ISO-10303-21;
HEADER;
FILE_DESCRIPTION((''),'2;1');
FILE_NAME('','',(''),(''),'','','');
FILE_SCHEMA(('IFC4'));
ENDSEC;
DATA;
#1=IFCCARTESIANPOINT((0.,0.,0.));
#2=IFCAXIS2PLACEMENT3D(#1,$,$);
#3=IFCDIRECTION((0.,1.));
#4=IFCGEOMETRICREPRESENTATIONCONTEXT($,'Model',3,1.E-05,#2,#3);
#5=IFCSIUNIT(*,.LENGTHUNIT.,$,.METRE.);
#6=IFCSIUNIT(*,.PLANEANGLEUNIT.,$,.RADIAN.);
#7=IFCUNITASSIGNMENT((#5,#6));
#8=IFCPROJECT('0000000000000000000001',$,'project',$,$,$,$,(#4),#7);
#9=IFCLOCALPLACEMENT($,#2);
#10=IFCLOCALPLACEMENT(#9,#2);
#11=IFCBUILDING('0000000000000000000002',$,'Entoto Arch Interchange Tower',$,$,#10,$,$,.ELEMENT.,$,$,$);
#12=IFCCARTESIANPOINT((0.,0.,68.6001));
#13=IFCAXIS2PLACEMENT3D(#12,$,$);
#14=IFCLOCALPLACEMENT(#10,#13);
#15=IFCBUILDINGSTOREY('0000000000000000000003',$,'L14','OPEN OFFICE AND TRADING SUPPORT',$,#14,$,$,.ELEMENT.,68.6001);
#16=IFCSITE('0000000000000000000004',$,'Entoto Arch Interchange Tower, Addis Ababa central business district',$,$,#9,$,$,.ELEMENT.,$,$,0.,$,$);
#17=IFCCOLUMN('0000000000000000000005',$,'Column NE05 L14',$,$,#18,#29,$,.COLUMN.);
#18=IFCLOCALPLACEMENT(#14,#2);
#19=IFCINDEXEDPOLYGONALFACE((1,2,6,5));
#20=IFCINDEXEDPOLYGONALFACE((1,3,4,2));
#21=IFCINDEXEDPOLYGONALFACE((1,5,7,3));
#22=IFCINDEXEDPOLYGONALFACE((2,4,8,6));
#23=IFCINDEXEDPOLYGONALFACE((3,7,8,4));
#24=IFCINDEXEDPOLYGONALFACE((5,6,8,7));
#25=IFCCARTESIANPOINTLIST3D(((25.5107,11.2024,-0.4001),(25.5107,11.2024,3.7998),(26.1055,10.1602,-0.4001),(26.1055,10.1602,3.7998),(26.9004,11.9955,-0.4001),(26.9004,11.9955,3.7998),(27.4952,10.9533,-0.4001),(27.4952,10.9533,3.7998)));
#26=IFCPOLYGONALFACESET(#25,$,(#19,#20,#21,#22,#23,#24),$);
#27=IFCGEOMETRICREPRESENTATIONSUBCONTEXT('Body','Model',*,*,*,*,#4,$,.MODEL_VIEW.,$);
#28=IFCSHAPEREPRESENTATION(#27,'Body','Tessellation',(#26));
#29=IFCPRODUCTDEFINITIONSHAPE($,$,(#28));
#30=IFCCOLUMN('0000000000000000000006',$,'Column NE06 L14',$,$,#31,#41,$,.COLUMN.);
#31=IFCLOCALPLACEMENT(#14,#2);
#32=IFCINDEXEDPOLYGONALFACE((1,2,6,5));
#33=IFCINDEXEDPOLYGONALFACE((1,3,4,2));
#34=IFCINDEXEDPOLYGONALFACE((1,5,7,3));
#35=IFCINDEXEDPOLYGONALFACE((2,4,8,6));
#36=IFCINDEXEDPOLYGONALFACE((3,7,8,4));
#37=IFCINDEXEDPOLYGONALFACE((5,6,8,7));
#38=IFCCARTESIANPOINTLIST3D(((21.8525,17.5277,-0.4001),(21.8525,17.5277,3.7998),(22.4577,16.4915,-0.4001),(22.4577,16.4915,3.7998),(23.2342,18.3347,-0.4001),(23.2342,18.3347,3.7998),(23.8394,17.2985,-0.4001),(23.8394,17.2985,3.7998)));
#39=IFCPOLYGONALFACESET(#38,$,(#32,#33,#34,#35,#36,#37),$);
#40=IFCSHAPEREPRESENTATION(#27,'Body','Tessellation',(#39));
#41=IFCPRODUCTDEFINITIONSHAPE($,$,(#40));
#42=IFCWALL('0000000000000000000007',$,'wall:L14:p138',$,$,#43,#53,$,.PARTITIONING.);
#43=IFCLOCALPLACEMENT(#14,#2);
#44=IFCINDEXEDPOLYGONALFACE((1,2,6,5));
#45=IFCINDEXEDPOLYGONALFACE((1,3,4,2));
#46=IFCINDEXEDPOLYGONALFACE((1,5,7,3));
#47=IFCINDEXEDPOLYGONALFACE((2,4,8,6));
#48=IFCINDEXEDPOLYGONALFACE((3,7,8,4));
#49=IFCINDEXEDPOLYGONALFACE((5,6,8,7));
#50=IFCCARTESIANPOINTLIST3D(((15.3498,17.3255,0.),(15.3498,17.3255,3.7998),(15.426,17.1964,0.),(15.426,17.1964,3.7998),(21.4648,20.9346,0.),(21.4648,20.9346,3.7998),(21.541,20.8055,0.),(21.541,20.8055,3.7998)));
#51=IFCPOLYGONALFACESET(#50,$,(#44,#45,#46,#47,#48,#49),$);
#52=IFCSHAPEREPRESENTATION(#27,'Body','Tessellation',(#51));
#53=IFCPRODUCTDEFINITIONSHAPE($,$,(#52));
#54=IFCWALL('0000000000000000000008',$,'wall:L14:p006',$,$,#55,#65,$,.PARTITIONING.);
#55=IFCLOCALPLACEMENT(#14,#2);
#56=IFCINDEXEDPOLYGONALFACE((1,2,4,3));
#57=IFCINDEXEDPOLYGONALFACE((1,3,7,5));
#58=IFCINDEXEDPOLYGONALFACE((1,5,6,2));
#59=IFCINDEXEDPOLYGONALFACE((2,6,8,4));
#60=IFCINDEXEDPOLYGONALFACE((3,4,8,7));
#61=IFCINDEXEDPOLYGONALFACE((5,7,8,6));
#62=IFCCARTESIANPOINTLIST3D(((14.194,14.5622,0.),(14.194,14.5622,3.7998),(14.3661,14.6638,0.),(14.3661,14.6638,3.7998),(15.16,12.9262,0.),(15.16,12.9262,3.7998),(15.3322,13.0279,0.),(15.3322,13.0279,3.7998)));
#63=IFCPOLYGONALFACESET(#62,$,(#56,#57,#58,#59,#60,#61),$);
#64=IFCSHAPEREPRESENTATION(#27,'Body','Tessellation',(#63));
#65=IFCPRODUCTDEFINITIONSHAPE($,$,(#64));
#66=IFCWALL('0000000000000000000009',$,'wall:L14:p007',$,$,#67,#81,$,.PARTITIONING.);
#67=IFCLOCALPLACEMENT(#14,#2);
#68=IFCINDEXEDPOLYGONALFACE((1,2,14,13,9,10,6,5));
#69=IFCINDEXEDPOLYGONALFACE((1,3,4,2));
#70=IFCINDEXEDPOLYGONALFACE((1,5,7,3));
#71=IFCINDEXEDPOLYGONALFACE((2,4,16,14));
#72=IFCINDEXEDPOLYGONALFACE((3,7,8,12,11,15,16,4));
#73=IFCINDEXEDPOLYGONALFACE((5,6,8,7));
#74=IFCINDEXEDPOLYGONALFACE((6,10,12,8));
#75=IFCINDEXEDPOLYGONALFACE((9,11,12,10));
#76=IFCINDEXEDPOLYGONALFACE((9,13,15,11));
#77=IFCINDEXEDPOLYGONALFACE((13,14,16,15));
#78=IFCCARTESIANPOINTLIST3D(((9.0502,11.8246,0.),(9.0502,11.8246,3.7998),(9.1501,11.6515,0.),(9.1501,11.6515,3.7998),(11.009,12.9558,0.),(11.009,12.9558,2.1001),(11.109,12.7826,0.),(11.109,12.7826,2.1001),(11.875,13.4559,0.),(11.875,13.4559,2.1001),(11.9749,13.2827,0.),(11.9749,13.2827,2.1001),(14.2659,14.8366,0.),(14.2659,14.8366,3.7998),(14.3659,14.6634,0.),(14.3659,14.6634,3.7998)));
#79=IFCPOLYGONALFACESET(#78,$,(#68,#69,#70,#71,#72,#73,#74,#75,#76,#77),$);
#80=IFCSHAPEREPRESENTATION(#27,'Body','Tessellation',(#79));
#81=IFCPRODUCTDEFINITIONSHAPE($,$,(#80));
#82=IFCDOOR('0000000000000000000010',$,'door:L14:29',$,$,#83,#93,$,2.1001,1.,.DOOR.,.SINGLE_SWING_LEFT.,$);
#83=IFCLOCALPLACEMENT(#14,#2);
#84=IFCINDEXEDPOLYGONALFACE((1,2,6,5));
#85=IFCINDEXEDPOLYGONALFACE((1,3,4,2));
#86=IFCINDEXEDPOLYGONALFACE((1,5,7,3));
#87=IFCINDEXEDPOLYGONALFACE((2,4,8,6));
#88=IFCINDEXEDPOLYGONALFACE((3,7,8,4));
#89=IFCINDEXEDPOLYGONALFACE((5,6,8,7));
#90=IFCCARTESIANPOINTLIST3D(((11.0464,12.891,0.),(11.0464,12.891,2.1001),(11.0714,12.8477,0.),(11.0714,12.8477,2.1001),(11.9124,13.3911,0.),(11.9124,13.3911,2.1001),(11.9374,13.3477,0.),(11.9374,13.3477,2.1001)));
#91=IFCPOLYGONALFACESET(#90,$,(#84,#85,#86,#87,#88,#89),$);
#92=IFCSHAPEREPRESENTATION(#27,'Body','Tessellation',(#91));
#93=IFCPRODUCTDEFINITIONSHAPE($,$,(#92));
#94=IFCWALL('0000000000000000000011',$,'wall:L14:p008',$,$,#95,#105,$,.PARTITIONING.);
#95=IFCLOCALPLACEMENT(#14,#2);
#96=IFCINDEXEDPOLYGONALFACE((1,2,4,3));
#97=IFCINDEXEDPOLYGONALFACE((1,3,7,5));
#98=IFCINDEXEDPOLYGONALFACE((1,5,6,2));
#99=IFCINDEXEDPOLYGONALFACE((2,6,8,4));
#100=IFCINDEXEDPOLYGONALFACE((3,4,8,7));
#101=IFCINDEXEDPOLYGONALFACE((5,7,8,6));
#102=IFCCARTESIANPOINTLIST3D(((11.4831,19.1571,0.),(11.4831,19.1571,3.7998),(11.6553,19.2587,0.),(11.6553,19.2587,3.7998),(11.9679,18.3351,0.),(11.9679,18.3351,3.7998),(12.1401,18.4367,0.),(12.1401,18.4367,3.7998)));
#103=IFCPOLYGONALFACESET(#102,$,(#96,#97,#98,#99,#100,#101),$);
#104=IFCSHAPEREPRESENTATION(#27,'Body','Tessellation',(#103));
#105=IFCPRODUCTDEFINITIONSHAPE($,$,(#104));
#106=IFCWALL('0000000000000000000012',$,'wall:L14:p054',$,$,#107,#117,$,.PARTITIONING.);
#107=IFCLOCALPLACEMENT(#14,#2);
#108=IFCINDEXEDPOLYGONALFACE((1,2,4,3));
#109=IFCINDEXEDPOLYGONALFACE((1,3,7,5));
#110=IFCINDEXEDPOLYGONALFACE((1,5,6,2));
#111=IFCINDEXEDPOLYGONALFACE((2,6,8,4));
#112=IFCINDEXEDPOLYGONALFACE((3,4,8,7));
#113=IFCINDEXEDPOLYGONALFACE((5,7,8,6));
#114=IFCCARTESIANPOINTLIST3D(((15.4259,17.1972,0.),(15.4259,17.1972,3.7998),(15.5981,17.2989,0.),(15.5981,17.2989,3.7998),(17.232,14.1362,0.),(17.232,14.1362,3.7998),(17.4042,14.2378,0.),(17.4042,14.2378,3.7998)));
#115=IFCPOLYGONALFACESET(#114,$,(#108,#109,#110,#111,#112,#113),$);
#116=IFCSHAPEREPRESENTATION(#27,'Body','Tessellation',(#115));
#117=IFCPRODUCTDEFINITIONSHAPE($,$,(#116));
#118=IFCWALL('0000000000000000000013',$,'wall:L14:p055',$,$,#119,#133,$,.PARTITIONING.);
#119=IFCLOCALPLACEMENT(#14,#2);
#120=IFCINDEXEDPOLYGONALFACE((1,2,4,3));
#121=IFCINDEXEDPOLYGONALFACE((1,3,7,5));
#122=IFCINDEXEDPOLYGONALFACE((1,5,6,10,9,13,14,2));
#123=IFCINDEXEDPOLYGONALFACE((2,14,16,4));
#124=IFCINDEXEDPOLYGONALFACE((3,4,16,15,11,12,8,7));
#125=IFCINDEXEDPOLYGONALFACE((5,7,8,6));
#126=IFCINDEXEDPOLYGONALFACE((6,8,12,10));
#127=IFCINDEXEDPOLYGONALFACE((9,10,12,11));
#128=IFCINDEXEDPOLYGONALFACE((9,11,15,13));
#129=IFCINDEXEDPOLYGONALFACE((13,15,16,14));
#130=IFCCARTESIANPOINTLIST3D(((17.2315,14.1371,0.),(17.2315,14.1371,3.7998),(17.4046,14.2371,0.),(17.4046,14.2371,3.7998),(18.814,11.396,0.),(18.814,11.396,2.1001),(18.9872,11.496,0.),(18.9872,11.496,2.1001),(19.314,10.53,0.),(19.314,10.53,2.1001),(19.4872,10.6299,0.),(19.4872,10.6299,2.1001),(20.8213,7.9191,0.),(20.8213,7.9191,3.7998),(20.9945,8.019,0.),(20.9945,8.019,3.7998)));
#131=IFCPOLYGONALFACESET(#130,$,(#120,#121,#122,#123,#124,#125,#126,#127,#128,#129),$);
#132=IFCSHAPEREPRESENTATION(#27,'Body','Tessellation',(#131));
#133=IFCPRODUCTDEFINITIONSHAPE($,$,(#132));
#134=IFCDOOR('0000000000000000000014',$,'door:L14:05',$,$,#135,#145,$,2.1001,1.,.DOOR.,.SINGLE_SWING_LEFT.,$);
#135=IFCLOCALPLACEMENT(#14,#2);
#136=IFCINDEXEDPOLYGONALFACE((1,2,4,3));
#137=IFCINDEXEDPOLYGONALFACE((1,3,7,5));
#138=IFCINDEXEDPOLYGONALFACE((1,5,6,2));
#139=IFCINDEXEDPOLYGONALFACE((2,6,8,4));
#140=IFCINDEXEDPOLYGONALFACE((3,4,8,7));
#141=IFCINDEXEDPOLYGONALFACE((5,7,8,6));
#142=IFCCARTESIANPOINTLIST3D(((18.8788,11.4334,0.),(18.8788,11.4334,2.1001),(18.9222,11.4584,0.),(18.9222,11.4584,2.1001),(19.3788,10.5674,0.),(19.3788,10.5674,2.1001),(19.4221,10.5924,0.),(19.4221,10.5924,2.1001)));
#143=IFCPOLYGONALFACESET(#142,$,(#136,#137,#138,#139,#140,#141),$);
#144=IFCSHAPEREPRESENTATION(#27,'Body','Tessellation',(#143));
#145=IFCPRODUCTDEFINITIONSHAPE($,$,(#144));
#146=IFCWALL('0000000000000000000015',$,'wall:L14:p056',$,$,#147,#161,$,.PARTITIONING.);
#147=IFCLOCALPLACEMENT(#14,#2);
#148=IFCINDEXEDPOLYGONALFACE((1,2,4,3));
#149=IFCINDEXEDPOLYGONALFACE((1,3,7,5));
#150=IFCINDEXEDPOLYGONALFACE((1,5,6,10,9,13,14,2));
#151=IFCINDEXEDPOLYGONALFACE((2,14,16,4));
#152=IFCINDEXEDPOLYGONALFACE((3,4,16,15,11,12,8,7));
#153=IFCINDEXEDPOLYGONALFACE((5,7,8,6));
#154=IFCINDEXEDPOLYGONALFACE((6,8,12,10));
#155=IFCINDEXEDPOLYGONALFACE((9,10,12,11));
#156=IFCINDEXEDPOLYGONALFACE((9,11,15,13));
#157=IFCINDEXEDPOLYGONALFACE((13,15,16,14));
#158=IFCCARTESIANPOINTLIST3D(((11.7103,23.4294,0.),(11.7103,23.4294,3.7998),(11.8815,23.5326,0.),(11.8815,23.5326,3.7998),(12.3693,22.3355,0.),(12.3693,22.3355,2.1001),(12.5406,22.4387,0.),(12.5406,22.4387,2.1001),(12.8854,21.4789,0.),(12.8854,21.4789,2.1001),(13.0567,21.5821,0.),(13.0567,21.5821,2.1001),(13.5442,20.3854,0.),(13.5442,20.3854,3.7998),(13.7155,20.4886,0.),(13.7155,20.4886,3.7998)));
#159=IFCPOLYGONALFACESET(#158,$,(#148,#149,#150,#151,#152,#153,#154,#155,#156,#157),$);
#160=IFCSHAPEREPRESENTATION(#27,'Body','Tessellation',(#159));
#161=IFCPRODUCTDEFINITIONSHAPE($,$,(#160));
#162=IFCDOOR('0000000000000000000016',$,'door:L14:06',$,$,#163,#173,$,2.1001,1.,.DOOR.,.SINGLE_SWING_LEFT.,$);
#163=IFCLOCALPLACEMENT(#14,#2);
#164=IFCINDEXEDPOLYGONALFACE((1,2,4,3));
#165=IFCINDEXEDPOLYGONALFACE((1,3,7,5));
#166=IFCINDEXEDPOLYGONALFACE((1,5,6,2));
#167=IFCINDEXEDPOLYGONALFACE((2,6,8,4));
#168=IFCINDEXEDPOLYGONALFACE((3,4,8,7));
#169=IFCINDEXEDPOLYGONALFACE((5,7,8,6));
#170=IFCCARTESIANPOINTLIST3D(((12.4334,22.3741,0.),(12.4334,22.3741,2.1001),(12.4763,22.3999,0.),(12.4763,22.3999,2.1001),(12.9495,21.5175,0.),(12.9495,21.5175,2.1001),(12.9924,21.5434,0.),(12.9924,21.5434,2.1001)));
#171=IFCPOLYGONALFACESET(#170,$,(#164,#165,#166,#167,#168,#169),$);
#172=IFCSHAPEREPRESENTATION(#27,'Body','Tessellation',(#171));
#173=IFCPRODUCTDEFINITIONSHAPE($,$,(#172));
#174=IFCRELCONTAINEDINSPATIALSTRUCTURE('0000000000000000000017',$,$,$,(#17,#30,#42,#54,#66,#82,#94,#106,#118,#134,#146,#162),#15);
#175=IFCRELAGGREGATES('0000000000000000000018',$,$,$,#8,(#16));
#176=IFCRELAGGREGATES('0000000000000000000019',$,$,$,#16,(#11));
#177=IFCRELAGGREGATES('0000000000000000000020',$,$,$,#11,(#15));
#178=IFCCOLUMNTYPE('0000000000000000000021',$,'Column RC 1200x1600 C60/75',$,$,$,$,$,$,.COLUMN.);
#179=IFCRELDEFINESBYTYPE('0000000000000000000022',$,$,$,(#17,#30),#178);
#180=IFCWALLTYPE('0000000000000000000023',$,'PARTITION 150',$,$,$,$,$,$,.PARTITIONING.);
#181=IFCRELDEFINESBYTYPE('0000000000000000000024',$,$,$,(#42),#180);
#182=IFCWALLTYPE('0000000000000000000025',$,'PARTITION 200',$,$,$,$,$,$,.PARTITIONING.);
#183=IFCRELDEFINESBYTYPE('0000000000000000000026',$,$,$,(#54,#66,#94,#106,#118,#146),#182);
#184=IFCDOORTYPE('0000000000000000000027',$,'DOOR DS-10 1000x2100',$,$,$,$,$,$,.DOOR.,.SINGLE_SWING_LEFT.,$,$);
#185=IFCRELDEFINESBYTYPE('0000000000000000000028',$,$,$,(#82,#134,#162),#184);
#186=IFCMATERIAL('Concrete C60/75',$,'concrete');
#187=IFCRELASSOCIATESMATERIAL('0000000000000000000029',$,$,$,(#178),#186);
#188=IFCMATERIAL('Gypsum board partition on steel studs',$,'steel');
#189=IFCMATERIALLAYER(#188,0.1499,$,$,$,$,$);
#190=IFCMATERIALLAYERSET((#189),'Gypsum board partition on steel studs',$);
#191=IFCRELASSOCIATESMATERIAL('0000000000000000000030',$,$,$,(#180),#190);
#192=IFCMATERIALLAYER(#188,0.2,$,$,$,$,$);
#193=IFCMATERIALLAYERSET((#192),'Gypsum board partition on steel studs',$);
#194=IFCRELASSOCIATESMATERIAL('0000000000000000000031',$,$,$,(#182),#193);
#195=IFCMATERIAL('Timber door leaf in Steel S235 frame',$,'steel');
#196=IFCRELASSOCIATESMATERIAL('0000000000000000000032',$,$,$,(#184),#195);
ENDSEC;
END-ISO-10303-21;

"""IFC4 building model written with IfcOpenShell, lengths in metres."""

from ifc_helpers import new_model, si_unit, direction, frame, frame_2d, origin, origin_2d, place, context, subcontext, project, spatial, rectangle, extrude, material, layer, layer_set, material_profile, profile_set, type_object, element, fill, save


model = new_model("IFC4")

# Units and contexts
model_context = context("Model", 3, precision=1e-05, world=origin(), true_north=direction((0.0, 1.0)))
body_context = subcontext(model_context, "Body", "Model", "MODEL_VIEW")
ifc_project = project(units=[si_unit("LENGTHUNIT", "METRE"), si_unit("PLANEANGLEUNIT", "RADIAN")], contexts=[model_context])

# Site, building, storey
site_placement = place(None, origin())
site = spatial("IfcSite", under=ifc_project, at=site_placement, Name="Entoto Arch Interchange Tower, Addis Ababa central business district", CompositionType="ELEMENT", RefElevation=0.0)
building_placement = place(site_placement, origin())
building = spatial("IfcBuilding", under=site, at=building_placement, Name="Entoto Arch Interchange Tower", CompositionType="ELEMENT")
storey_placement = place(building_placement, frame((0.0, 0.0, 68.6001)))
storey = spatial("IfcBuildingStorey", under=building, at=storey_placement, Name="L14", Description="OPEN OFFICE AND TRADING SUPPORT", CompositionType="ELEMENT", Elevation=68.6001)

# Columns
ifc_material_1 = material(Name="Concrete C60/75", Category="concrete")
ifc_material_profile = material_profile(ifc_material_1, rectangle(XDim=1.2, YDim=1.6001, at=origin_2d()))
ifc_profile_set = profile_set([ifc_material_profile], Name="Concrete C60/75")
column_type = type_object("IfcColumnType", Name="Column RC 1200x1600 C60/75", PredefinedType="COLUMN", material=ifc_profile_set)
for number, where, z_axis, x_axis, name in (
    (1, (26.5029, 11.0779, -0.4001), (0.0, 0.0, 1.0), (-0.495656, 0.868519, 0.0), "Column NE05 L14"),
    (2, (22.8459, 17.4131, -0.4001), (0.0, 0.0, 1.0), (-0.504332, 0.86351, 0.0), "Column NE06 L14"),
):
    element("IfcColumn", number, at=place(storey_placement, frame(where, z_axis=z_axis, x_axis=x_axis)), inside=storey, type_object=column_type, Name=name, PredefinedType="COLUMN", context=body_context, shape_type="SweptSolid", body=[
        extrude(rectangle(XDim=1.2, YDim=1.6001, at=origin_2d()), origin(), (0.0, 0.0, 1.0), 4.2),
    ])

# Walls
ifc_material_2 = material(Name="Gypsum board partition on steel studs", Category="steel")
ifc_layer_1 = layer(ifc_material_2, 0.1499)
ifc_layer_set_1 = layer_set([ifc_layer_1], Name="Gypsum board partition on steel studs")
wall_type_1 = type_object("IfcWallType", Name="PARTITION 150", PredefinedType="PARTITIONING", material=ifc_layer_set_1)
wall_1_placement = place(storey_placement, frame((15.3879, 17.261, 0.0), z_axis=(0.0, 0.0, 1.0), x_axis=(0.86119, 0.508283, 0.0)))
element("IfcWall", 3, at=wall_1_placement, inside=storey, type_object=wall_type_1, Name="wall:L14:p138", PredefinedType="PARTITIONING", context=body_context, shape_type="SweptSolid", body=[
    extrude(rectangle(XDim=7.1006, YDim=0.1499, at=frame_2d((3.5503, 0.0))), origin(), (0.0, 0.0, 1.0), 3.7998),
])
ifc_layer_2 = layer(ifc_material_2, 0.2)
ifc_layer_set_2 = layer_set([ifc_layer_2], Name="Gypsum board partition on steel studs")
wall_type_2 = type_object("IfcWallType", Name="PARTITION 200", PredefinedType="PARTITIONING", material=ifc_layer_set_2)
wall_2_placement = place(storey_placement, frame((15.2461, 12.9771, 0.0), z_axis=(0.0, 0.0, 1.0), x_axis=(-0.508474, 0.861077, 0.0)))
element("IfcWall", 4, at=wall_2_placement, inside=storey, type_object=wall_type_2, Name="wall:L14:p006", PredefinedType="PARTITIONING", context=body_context, shape_type="SweptSolid", body=[
    extrude(rectangle(XDim=1.8999, YDim=0.2, at=frame_2d((0.95, 0.0))), origin(), (0.0, 0.0, 1.0), 3.7998),
])

# Wall, opening, door
wall_3_placement = place(storey_placement, frame((14.3159, 14.75, 0.0), z_axis=(0.0, 0.0, 1.0), x_axis=(-0.865982, -0.500076, 0.0)))
wall_3 = element("IfcWall", 5, at=wall_3_placement, inside=storey, type_object=wall_type_2, Name="wall:L14:p007", PredefinedType="PARTITIONING", context=body_context, shape_type="SweptSolid", body=[
    extrude(rectangle(XDim=6.0229, YDim=0.2, at=frame_2d((3.0115, 0.0))), origin(), (0.0, 0.0, 1.0), 3.7998),
])
opening_1_placement = place(wall_3_placement, frame((2.761, 0.0, 0.0)))
opening_1 = element("IfcOpeningElement", 6, at=opening_1_placement, cuts=wall_3, PredefinedType="OPENING", context=body_context, shape_type="SweptSolid", body=[
    extrude(rectangle(XDim=1.0, YDim=2.1001, at=frame_2d((0.5, 1.05))), frame((0.0, 0.1099, 0.0), z_axis=(0.0, -1.0, 0.0), x_axis=(1.0, 0.0, 0.0)), (0.0, 0.0, 1.0), 0.22),
])
ifc_material_3 = material(Name="Timber door leaf in Steel S235 frame", Category="steel")
door_type = type_object("IfcDoorType", Name="DOOR DS-10 1000x2100", OperationType="SINGLE_SWING_LEFT", PredefinedType="DOOR", material=ifc_material_3)
door_1_placement = place(opening_1_placement, origin())
door_1 = element("IfcDoor", 7, at=door_1_placement, inside=storey, type_object=door_type, Name="door:L14:29", OperationType="SINGLE_SWING_LEFT", OverallHeight=2.1001, OverallWidth=1.0, PredefinedType="DOOR", context=body_context, shape_type="SweptSolid", body=[
    extrude(rectangle(XDim=1.0, YDim=2.1001, at=frame_2d((0.5, 1.05))), frame((0.0, 0.0249, 0.0), z_axis=(0.0, -1.0, 0.0), x_axis=(1.0, 0.0, 0.0)), (0.0, 0.0, 1.0), 0.05),
])
fill(opening_1, door_1)

# Walls
wall_4_placement = place(storey_placement, frame((12.054, 18.386, 0.0), z_axis=(0.0, 0.0, 1.0), x_axis=(-0.508048, 0.861329, 0.0)))
element("IfcWall", 8, at=wall_4_placement, inside=storey, type_object=wall_type_2, Name="wall:L14:p008", PredefinedType="PARTITIONING", context=body_context, shape_type="SweptSolid", body=[
    extrude(rectangle(XDim=0.9543, YDim=0.2, at=frame_2d((0.4771, 0.0))), origin(), (0.0, 0.0, 1.0), 3.7998),
])
wall_5_placement = place(storey_placement, frame((15.512, 17.248, 0.0), z_axis=(0.0, 0.0, 1.0), x_axis=(0.508178, -0.861252, 0.0)))
element("IfcWall", 9, at=wall_5_placement, inside=storey, type_object=wall_type_2, Name="wall:L14:p054", PredefinedType="PARTITIONING", context=body_context, shape_type="SweptSolid", body=[
    extrude(rectangle(XDim=3.5542, YDim=0.2, at=frame_2d((1.7771, 0.0))), origin(), (0.0, 0.0, 1.0), 3.7998),
])

# Walls, openings, doors
wall_6_placement = place(storey_placement, frame((17.3181, 14.187, 0.0), z_axis=(0.0, 0.0, 1.0), x_axis=(0.499986, -0.866033, 0.0)))
wall_6 = element("IfcWall", 10, at=wall_6_placement, inside=storey, type_object=wall_type_2, Name="wall:L14:p055", PredefinedType="PARTITIONING", context=body_context, shape_type="SweptSolid", body=[
    extrude(rectangle(XDim=7.1799, YDim=0.2, at=frame_2d((3.5898, 0.0))), origin(), (0.0, 0.0, 1.0), 3.7998),
])
opening_2_placement = place(wall_6_placement, frame((3.165, 0.0, 0.0)))
opening_2 = element("IfcOpeningElement", 11, at=opening_2_placement, cuts=wall_6, PredefinedType="OPENING", context=body_context, shape_type="SweptSolid", body=[
    extrude(rectangle(XDim=1.0, YDim=2.1001, at=frame_2d((0.5, 1.05))), frame((0.0, 0.1099, 0.0), z_axis=(0.0, -1.0, 0.0), x_axis=(1.0, 0.0, 0.0)), (0.0, 0.0, 1.0), 0.22),
])
door_2_placement = place(opening_2_placement, origin())
door_2 = element("IfcDoor", 12, at=door_2_placement, inside=storey, type_object=door_type, Name="door:L14:05", OperationType="SINGLE_SWING_LEFT", OverallHeight=2.1001, OverallWidth=1.0, PredefinedType="DOOR", context=body_context, shape_type="SweptSolid", body=[
    extrude(rectangle(XDim=1.0, YDim=2.1001, at=frame_2d((0.5, 1.05))), frame((0.0, 0.0249, 0.0), z_axis=(0.0, -1.0, 0.0), x_axis=(1.0, 0.0, 0.0)), (0.0, 0.0, 1.0), 0.05),
])
fill(opening_2, door_2)
wall_7_placement = place(storey_placement, frame((11.7959, 23.481, 0.0), z_axis=(0.0, 0.0, 1.0), x_axis=(0.516071, -0.856546, 0.0)))
wall_7 = element("IfcWall", 13, at=wall_7_placement, inside=storey, type_object=wall_type_2, Name="wall:L14:p056", PredefinedType="PARTITIONING", context=body_context, shape_type="SweptSolid", body=[
    extrude(rectangle(XDim=3.5537, YDim=0.2, at=frame_2d((1.7769, 0.0))), origin(), (0.0, 0.0, 1.0), 3.7998),
])
opening_3_placement = place(wall_7_placement, frame((1.2771, 0.0, 0.0)))
opening_3 = element("IfcOpeningElement", 14, at=opening_3_placement, cuts=wall_7, PredefinedType="OPENING", context=body_context, shape_type="SweptSolid", body=[
    extrude(rectangle(XDim=1.0, YDim=2.1001, at=frame_2d((0.5, 1.05))), frame((0.0, 0.1099, 0.0), z_axis=(0.0, -1.0, 0.0), x_axis=(1.0, 0.0, 0.0)), (0.0, 0.0, 1.0), 0.22),
])
door_3_placement = place(opening_3_placement, origin())
door_3 = element("IfcDoor", 15, at=door_3_placement, inside=storey, type_object=door_type, Name="door:L14:06", OperationType="SINGLE_SWING_LEFT", OverallHeight=2.1001, OverallWidth=1.0, PredefinedType="DOOR", context=body_context, shape_type="SweptSolid", body=[
    extrude(rectangle(XDim=1.0, YDim=2.1001, at=frame_2d((0.5, 1.05))), frame((0.0, 0.0249, 0.0), z_axis=(0.0, -1.0, 0.0), x_axis=(1.0, 0.0, 0.0)), (0.0, 0.0, 1.0), 0.05),
])
fill(opening_3, door_3)

save(model, "model.ifc")
